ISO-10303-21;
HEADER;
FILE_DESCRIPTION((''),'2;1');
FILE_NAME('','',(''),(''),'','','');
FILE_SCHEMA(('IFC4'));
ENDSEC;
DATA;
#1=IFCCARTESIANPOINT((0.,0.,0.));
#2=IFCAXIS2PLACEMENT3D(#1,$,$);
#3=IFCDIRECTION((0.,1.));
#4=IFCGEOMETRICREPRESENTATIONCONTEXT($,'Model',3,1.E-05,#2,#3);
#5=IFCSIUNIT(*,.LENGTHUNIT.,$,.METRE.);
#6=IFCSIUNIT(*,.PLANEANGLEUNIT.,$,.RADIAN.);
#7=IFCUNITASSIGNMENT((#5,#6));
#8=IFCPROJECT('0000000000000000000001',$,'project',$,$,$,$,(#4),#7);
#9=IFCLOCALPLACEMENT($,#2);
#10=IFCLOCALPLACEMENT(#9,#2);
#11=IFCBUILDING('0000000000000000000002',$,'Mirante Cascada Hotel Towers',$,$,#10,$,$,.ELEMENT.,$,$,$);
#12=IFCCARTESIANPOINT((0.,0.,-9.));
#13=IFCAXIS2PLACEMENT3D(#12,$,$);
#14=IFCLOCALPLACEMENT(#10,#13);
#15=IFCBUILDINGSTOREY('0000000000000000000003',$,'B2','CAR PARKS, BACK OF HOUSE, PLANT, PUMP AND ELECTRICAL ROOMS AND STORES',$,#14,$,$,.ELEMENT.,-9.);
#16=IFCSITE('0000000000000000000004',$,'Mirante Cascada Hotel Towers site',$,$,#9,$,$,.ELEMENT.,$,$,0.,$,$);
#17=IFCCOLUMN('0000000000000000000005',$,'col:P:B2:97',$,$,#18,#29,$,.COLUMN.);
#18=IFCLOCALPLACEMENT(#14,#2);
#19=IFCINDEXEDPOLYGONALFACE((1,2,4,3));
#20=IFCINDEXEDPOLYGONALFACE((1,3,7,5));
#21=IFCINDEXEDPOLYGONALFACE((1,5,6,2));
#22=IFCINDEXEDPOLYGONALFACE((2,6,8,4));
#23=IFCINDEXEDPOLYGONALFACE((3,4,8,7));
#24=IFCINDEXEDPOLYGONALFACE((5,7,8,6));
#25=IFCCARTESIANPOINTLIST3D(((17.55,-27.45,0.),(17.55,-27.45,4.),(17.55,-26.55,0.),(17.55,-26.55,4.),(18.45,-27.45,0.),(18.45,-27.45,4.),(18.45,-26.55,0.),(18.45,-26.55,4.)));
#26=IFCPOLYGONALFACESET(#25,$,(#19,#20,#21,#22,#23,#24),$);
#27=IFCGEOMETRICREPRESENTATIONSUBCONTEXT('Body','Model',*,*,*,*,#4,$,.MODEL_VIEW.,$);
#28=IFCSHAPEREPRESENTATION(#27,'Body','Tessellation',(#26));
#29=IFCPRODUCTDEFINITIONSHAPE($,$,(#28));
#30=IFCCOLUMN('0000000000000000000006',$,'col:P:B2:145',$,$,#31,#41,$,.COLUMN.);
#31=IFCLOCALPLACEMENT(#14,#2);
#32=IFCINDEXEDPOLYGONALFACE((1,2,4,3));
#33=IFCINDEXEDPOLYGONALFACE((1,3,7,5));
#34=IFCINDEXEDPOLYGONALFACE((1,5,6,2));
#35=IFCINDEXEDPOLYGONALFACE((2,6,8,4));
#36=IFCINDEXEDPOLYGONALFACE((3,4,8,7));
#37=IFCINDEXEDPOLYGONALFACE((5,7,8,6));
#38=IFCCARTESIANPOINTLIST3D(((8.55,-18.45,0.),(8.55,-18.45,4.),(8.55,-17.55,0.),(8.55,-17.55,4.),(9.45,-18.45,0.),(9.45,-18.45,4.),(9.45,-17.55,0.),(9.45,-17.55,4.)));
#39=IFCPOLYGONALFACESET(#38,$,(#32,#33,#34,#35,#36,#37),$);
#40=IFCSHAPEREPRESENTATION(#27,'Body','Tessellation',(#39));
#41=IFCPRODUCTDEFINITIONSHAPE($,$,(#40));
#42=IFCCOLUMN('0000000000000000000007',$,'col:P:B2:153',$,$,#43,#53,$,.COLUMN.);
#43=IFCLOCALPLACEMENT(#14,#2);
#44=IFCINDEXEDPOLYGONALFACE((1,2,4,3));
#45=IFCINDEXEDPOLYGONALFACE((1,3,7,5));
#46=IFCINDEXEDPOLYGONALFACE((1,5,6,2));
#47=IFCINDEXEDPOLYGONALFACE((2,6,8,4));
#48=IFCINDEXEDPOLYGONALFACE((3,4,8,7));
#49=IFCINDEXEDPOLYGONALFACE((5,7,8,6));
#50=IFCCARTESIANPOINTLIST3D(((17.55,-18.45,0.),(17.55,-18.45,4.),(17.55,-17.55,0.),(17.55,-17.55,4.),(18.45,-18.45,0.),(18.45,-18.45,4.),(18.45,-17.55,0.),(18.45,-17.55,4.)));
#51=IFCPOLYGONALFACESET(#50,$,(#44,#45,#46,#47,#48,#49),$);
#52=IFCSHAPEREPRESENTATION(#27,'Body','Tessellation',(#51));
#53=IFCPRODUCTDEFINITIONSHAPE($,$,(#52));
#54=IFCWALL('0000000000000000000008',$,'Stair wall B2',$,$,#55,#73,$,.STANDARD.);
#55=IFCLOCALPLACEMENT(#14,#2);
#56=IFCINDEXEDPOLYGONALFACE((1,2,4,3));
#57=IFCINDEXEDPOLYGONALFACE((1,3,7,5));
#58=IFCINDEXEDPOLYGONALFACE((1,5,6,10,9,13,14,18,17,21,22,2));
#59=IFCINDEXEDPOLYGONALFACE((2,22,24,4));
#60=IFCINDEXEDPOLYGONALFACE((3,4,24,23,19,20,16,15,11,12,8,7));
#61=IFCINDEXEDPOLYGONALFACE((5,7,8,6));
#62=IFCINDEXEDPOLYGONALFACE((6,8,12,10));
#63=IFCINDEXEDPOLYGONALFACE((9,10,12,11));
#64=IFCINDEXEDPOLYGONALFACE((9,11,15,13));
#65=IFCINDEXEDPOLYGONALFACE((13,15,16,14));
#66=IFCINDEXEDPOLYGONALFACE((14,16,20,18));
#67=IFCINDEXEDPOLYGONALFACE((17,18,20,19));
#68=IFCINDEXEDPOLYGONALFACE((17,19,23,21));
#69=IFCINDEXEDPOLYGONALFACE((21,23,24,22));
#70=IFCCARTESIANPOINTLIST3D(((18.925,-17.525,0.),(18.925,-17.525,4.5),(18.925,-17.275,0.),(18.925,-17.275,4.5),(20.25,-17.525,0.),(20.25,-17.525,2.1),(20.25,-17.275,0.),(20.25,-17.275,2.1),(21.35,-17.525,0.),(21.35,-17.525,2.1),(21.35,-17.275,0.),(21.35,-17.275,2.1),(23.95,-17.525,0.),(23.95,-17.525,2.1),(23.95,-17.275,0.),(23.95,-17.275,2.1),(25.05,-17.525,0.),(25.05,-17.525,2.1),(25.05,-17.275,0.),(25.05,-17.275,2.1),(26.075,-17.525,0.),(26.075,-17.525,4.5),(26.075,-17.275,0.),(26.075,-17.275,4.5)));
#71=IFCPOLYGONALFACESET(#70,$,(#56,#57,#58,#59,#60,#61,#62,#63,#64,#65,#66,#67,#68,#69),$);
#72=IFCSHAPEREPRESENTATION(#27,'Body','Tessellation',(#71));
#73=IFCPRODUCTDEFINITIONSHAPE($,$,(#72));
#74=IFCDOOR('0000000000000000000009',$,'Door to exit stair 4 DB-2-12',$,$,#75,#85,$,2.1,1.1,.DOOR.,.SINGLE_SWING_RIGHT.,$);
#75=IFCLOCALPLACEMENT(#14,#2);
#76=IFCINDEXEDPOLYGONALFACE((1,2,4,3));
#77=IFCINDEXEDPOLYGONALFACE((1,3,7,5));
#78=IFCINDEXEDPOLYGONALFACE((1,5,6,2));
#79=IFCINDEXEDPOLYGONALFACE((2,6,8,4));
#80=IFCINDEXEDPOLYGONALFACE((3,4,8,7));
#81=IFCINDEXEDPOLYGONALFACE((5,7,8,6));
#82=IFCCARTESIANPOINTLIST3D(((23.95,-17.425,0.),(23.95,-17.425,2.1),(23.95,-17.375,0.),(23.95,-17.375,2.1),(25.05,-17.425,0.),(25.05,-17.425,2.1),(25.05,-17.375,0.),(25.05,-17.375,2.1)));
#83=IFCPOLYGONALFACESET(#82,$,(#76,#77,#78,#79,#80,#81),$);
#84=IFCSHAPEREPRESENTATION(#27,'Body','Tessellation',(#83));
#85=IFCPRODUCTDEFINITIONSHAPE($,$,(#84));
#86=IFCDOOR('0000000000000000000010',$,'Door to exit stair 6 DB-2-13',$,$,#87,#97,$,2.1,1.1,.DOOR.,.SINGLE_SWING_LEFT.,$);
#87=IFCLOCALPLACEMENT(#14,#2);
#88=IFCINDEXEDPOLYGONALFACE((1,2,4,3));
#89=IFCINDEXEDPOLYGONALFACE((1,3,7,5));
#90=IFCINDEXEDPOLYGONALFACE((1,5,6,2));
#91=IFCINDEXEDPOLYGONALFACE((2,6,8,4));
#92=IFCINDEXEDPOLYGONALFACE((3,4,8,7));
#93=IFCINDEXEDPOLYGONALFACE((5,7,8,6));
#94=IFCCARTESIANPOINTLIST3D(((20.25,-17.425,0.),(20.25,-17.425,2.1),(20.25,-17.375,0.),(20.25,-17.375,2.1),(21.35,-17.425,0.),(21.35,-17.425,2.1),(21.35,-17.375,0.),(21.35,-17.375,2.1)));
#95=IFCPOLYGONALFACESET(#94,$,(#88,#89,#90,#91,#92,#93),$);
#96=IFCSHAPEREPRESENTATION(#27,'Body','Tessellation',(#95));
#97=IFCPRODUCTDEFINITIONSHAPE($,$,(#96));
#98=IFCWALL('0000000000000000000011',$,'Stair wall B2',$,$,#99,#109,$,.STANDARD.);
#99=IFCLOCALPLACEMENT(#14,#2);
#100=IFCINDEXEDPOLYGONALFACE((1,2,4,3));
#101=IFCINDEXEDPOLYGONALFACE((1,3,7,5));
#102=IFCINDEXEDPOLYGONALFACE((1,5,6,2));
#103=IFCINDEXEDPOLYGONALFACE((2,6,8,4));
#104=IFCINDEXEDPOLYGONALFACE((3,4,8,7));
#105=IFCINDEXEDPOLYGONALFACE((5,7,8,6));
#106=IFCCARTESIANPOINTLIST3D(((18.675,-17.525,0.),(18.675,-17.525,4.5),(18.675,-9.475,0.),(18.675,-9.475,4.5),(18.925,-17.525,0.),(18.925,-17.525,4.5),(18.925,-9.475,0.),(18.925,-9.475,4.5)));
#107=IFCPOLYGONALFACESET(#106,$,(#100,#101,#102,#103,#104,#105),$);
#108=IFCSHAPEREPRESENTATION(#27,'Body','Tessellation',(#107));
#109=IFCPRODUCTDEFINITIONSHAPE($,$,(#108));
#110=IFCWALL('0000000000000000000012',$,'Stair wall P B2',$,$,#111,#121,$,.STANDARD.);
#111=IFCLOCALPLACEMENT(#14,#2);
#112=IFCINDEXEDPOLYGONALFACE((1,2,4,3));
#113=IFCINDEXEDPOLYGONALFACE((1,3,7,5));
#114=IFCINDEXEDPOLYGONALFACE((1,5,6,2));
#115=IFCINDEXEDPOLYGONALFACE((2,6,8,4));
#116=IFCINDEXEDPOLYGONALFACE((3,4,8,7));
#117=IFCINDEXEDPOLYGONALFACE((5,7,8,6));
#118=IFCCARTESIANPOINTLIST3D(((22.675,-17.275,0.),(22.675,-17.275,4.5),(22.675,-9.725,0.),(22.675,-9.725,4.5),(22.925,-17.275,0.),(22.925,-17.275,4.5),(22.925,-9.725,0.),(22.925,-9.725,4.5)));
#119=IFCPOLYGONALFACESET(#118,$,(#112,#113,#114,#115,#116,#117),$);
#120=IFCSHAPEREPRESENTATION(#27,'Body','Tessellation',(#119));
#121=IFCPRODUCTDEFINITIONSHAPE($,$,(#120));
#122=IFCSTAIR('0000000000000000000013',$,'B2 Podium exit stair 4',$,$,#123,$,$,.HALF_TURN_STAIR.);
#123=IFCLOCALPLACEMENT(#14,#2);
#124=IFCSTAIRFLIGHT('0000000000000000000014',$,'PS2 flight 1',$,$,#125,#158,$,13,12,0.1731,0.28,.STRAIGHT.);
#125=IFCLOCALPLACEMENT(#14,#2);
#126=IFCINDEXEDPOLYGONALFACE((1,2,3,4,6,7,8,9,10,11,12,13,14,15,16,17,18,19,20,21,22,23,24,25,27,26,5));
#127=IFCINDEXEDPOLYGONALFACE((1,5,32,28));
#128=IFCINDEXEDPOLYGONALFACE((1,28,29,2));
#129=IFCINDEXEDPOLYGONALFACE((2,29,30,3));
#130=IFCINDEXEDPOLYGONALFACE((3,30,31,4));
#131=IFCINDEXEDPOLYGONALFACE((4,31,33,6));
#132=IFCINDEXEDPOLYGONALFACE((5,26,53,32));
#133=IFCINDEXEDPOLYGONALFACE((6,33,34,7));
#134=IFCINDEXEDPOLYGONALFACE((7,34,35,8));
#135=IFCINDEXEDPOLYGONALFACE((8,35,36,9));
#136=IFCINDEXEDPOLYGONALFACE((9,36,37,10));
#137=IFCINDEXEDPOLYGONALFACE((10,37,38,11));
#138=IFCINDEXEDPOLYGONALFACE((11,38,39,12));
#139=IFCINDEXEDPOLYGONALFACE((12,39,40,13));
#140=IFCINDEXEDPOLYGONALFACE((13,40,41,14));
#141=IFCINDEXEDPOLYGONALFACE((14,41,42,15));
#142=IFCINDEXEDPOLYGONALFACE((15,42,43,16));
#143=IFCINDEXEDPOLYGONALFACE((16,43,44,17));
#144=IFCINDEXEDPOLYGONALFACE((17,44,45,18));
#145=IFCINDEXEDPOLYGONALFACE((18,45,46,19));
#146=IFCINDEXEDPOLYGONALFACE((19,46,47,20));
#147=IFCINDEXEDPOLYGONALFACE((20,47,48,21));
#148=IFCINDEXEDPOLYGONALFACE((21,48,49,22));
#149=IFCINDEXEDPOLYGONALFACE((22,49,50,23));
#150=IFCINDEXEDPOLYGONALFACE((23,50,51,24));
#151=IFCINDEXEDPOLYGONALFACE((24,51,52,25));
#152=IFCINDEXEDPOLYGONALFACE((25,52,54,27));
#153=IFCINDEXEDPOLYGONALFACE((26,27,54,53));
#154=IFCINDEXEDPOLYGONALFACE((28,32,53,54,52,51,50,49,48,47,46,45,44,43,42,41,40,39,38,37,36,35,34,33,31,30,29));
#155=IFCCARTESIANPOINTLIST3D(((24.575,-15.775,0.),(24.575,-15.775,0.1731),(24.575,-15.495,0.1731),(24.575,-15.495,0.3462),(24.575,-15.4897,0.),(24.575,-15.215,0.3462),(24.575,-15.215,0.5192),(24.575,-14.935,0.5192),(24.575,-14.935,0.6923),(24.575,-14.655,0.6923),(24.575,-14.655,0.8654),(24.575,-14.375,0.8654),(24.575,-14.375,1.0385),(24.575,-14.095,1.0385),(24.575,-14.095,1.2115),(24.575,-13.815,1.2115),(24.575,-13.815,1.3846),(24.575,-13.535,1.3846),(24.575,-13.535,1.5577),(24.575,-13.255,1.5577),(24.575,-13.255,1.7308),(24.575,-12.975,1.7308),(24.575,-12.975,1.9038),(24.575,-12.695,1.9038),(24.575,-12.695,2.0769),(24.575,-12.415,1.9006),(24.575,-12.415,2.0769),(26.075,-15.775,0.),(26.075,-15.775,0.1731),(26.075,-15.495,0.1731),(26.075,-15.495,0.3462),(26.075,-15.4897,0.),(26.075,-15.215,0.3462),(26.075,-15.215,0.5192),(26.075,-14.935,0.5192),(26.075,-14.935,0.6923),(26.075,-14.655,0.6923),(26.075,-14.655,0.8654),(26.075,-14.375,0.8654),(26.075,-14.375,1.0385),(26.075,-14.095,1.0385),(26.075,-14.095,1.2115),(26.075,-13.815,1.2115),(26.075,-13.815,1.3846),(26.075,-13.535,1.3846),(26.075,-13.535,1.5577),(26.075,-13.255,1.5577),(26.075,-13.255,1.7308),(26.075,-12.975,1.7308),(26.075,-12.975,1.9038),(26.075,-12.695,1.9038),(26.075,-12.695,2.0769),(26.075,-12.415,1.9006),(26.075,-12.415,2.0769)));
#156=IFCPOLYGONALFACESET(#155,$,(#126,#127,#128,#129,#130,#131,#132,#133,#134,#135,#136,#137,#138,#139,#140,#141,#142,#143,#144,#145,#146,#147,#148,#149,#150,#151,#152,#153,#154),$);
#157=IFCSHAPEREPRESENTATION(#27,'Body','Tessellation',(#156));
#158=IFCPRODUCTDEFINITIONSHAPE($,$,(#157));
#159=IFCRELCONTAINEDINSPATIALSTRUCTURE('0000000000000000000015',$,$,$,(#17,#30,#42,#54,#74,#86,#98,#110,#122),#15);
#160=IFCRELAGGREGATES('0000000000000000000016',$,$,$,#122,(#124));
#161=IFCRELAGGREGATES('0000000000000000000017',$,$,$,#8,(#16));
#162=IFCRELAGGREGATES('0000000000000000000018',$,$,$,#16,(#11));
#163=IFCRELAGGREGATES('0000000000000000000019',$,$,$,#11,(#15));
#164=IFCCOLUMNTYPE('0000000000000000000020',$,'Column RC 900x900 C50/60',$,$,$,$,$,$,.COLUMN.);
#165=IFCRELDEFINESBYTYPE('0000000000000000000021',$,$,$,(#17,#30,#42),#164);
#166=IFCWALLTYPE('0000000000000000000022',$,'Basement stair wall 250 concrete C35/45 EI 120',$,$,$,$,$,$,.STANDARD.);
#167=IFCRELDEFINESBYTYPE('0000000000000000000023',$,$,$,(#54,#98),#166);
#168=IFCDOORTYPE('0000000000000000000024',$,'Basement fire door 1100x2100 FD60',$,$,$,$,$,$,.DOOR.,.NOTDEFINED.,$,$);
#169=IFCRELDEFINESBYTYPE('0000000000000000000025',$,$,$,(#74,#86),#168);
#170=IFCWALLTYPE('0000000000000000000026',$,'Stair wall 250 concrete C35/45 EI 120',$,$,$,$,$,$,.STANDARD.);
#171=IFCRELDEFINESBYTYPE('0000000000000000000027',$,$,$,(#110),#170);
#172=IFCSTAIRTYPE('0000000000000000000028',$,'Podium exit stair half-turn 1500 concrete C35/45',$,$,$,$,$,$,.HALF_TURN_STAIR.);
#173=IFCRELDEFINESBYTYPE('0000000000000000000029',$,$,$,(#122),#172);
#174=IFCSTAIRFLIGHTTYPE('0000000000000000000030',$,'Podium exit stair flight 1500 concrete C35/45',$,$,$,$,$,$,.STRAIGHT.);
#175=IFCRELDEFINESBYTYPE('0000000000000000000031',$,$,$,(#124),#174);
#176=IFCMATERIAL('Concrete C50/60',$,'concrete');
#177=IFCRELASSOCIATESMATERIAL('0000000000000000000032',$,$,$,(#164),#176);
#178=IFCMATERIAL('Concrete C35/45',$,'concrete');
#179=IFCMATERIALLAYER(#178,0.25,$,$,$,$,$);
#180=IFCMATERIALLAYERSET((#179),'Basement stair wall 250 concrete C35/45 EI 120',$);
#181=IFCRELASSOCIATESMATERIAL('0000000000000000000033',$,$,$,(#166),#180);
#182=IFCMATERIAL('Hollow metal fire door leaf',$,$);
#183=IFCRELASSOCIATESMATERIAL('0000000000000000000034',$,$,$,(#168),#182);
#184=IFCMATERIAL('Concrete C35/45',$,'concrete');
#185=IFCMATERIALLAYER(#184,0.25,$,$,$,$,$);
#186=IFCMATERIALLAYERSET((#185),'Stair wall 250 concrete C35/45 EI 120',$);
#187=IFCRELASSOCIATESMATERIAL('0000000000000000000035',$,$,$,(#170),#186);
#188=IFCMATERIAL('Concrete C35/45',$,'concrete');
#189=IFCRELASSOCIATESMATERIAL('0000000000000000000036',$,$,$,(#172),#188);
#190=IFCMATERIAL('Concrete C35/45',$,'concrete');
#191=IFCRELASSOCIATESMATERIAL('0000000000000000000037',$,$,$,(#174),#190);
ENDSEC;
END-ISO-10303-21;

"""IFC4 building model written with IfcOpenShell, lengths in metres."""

from ifc_helpers import new_model, si_unit, direction, frame, frame_2d, origin, origin_2d, place, context, subcontext, project, spatial, polyline, rectangle, outline, extrude, material, layer, layer_set, material_profile, profile_set, type_object, element, fill, aggregate, save


model = new_model("IFC4")

# Units and contexts
model_context = context("Model", 3, precision=1e-05, world=origin(), true_north=direction((0.0, 1.0)))
body_context = subcontext(model_context, "Body", "Model", "MODEL_VIEW")
ifc_project = project(units=[si_unit("LENGTHUNIT", "METRE"), si_unit("PLANEANGLEUNIT", "RADIAN")], contexts=[model_context])

# Site, building, storey
site_placement = place(None, origin())
site = spatial("IfcSite", under=ifc_project, at=site_placement, Name="Mirante Cascada Hotel Towers site", CompositionType="ELEMENT", RefElevation=0.0)
building_placement = place(site_placement, origin())
building = spatial("IfcBuilding", under=site, at=building_placement, Name="Mirante Cascada Hotel Towers", CompositionType="ELEMENT")
storey_placement = place(building_placement, frame((0.0, 0.0, -9.0)))
storey = spatial("IfcBuildingStorey", under=building, at=storey_placement, Name="B2", Description="CAR PARKS, BACK OF HOUSE, PLANT, PUMP AND ELECTRICAL ROOMS AND STORES", CompositionType="ELEMENT", Elevation=-9.0)

# Columns
ifc_material_1 = material(Name="Concrete C50/60", Category="concrete")
ifc_material_profile_1 = material_profile(ifc_material_1, rectangle(XDim=0.9, YDim=0.9, at=origin_2d()), Name="RC 900x900")
ifc_profile_set_1 = profile_set([ifc_material_profile_1], Name="Concrete C50/60")
column_type = type_object("IfcColumnType", Name="Column RC 900x900 C50/60", PredefinedType="COLUMN", material=ifc_profile_set_1)
for number, where, z_axis, x_axis, name in (
    (1, (18.0, -27.0, 0.0), (0.0, 0.0, 1.0), (1.0, 0.0, 0.0), "col:P:B2:97"),
    (2, (9.0, -18.0, 0.0), (0.0, 0.0, 1.0), (1.0, 0.0, 0.0), "col:P:B2:145"),
    (3, (18.0, -18.0, 0.0), (0.0, 0.0, 1.0), (1.0, 0.0, 0.0), "col:P:B2:153"),
):
    element("IfcColumn", number, at=place(storey_placement, frame(where, z_axis=z_axis, x_axis=x_axis)), inside=storey, type_object=column_type, Name=name, PredefinedType="COLUMN", context=body_context, shape_type="SweptSolid", body=[
        extrude(rectangle(XDim=0.9, YDim=0.9, at=origin_2d()), origin(), (0.0, 0.0, 1.0), 4.0),
    ])

# Wall, openings, doors
ifc_material_2 = material(Name="Concrete C35/45", Category="concrete")
ifc_layer_1 = layer(ifc_material_2, 0.25)
ifc_layer_set_1 = layer_set([ifc_layer_1], Name="Basement stair wall 250 concrete C35/45 EI 120")
wall_type_1 = type_object("IfcWallType", Name="Basement stair wall 250 concrete C35/45 EI 120", PredefinedType="STANDARD", material=ifc_layer_set_1)
wall_1_placement = place(storey_placement, frame((18.925, -17.4, 0.0), z_axis=(0.0, 0.0, 1.0), x_axis=(1.0, 0.0, 0.0)))
wall_1 = element("IfcWall", 4, at=wall_1_placement, inside=storey, type_object=wall_type_1, Name="Stair wall B2", PredefinedType="STANDARD", context=body_context, shape_type="SweptSolid", body=[
    extrude(rectangle(XDim=7.15, YDim=0.25, at=frame_2d((3.575, 0.0))), origin(), (0.0, 0.0, 1.0), 4.5),
])
opening_1_placement = place(wall_1_placement, frame((5.025, 0.0, 0.0)))
opening_1 = element("IfcOpeningElement", 5, at=opening_1_placement, cuts=wall_1, PredefinedType="OPENING", context=body_context, shape_type="SweptSolid", body=[
    extrude(rectangle(XDim=1.1, YDim=2.1, at=frame_2d((0.55, 1.05))), frame((0.0, 0.125, 0.0), z_axis=(0.0, -1.0, 0.0), x_axis=(1.0, 0.0, 0.0)), (0.0, 0.0, 1.0), 0.25),
])
opening_2_placement = place(wall_1_placement, frame((1.325, 0.0, 0.0)))
opening_2 = element("IfcOpeningElement", 6, at=opening_2_placement, cuts=wall_1, PredefinedType="OPENING", context=body_context, shape_type="SweptSolid", body=[
    extrude(rectangle(XDim=1.1, YDim=2.1, at=frame_2d((0.55, 1.05))), frame((0.0, 0.125, 0.0), z_axis=(0.0, -1.0, 0.0), x_axis=(1.0, 0.0, 0.0)), (0.0, 0.0, 1.0), 0.25),
])
ifc_material_3 = material(Name="Hollow metal fire door leaf")
door_type = type_object("IfcDoorType", Name="Basement fire door 1100x2100 FD60", OperationType="NOTDEFINED", PredefinedType="DOOR", material=ifc_material_3)
door_1_placement = place(opening_1_placement, origin())
door_1 = element("IfcDoor", 7, at=door_1_placement, inside=storey, type_object=door_type, Name="Door to exit stair 4 DB-2-12", OperationType="SINGLE_SWING_RIGHT", OverallHeight=2.1, OverallWidth=1.1, PredefinedType="DOOR", context=body_context, shape_type="SweptSolid", body=[
    extrude(rectangle(XDim=1.1, YDim=2.1, at=frame_2d((0.55, 1.05))), frame((0.0, 0.025, 0.0), z_axis=(0.0, -1.0, 0.0), x_axis=(1.0, 0.0, 0.0)), (0.0, 0.0, 1.0), 0.05),
])
fill(opening_1, door_1)
door_2_placement = place(opening_2_placement, origin())
door_2 = element("IfcDoor", 8, at=door_2_placement, inside=storey, type_object=door_type, Name="Door to exit stair 6 DB-2-13", OperationType="SINGLE_SWING_LEFT", OverallHeight=2.1, OverallWidth=1.1, PredefinedType="DOOR", context=body_context, shape_type="SweptSolid", body=[
    extrude(rectangle(XDim=1.1, YDim=2.1, at=frame_2d((0.55, 1.05))), frame((0.0, 0.025, 0.0), z_axis=(0.0, -1.0, 0.0), x_axis=(1.0, 0.0, 0.0)), (0.0, 0.0, 1.0), 0.05),
])
fill(opening_2, door_2)

# Walls
wall_2_placement = place(storey_placement, frame((18.8, -17.525, 0.0), z_axis=(0.0, 0.0, 1.0), x_axis=(0.0, 1.0, 0.0)))
element("IfcWall", 9, at=wall_2_placement, inside=storey, type_object=wall_type_1, Name="Stair wall B2", PredefinedType="STANDARD", context=body_context, shape_type="SweptSolid", body=[
    extrude(rectangle(XDim=8.05, YDim=0.25, at=frame_2d((4.025, 0.0))), origin(), (0.0, 0.0, 1.0), 4.5),
])
ifc_material_4 = material(Name="Concrete C35/45", Category="concrete")
ifc_layer_2 = layer(ifc_material_4, 0.25)
ifc_layer_set_2 = layer_set([ifc_layer_2], Name="Stair wall 250 concrete C35/45 EI 120")
wall_type_2 = type_object("IfcWallType", Name="Stair wall 250 concrete C35/45 EI 120", PredefinedType="STANDARD", material=ifc_layer_set_2)
wall_3_placement = place(storey_placement, frame((22.8, -17.275, 0.0), z_axis=(0.0, 0.0, 1.0), x_axis=(0.0, 1.0, 0.0)))
element("IfcWall", 10, at=wall_3_placement, inside=storey, type_object=wall_type_2, Name="Stair wall P B2", PredefinedType="STANDARD", context=body_context, shape_type="SweptSolid", body=[
    extrude(rectangle(XDim=7.55, YDim=0.25, at=frame_2d((3.775, 0.0))), origin(), (0.0, 0.0, 1.0), 4.5),
])

# Stair, stair flight
ifc_material_5 = material(Name="Concrete C35/45", Category="concrete")
stair_type = type_object("IfcStairType", Name="Podium exit stair half-turn 1500 concrete C35/45", PredefinedType="HALF_TURN_STAIR", material=ifc_material_5)
stair_1_placement = place(storey_placement, origin())
stair_1 = element("IfcStair", 11, at=stair_1_placement, inside=storey, type_object=stair_type, Name="B2 Podium exit stair 4", PredefinedType="HALF_TURN_STAIR")
ifc_material_6 = material(Name="Concrete C35/45", Category="concrete")
stair_flight_type = type_object("IfcStairFlightType", Name="Podium exit stair flight 1500 concrete C35/45", PredefinedType="STRAIGHT", material=ifc_material_6)
stair_flight_1_placement = place(storey_placement, frame((25.325, -15.775, 0.0), z_axis=(0.0, 0.0, 1.0), x_axis=(0.0, 1.0, 0.0)))
stair_flight_1 = element("IfcStairFlight", 12, at=stair_flight_1_placement, type_object=stair_flight_type, Name="PS2 flight 1", NumberOfRisers=13, NumberOfTreads=12, PredefinedType="STRAIGHT", RiserHeight=0.1731, TreadLength=0.28, context=body_context, shape_type="SweptSolid", body=[
    extrude(outline(polyline([(0.0, 0.0), (0.0, 0.1731), (0.28, 0.1731), (0.28, 0.3462), (0.56, 0.3462), (0.56, 0.5192), (0.84, 0.5192), (0.84, 0.6923), (1.12, 0.6923), (1.12, 0.8654), (1.4, 0.8654), (1.4, 1.0385), (1.68, 1.0385), (1.68, 1.2115), (1.96, 1.2115), (1.96, 1.3846), (2.24, 1.3846), (2.24, 1.5577), (2.52, 1.5577), (2.52, 1.7308), (2.8, 1.7308), (2.8, 1.9038), (3.08, 1.9038), (3.08, 2.0769), (3.36, 2.0769), (3.36, 2.25), (3.36, 1.9006), (0.2853, 0.0), (0.0, 0.0)])), frame((0.0, 0.75, 0.0), z_axis=(0.0, -1.0, 0.0), x_axis=(1.0, 0.0, 0.0)), (0.0, 0.0, 1.0), 1.5),
])
aggregate(stair_1, [stair_flight_1])

save(model, "model.ifc")
